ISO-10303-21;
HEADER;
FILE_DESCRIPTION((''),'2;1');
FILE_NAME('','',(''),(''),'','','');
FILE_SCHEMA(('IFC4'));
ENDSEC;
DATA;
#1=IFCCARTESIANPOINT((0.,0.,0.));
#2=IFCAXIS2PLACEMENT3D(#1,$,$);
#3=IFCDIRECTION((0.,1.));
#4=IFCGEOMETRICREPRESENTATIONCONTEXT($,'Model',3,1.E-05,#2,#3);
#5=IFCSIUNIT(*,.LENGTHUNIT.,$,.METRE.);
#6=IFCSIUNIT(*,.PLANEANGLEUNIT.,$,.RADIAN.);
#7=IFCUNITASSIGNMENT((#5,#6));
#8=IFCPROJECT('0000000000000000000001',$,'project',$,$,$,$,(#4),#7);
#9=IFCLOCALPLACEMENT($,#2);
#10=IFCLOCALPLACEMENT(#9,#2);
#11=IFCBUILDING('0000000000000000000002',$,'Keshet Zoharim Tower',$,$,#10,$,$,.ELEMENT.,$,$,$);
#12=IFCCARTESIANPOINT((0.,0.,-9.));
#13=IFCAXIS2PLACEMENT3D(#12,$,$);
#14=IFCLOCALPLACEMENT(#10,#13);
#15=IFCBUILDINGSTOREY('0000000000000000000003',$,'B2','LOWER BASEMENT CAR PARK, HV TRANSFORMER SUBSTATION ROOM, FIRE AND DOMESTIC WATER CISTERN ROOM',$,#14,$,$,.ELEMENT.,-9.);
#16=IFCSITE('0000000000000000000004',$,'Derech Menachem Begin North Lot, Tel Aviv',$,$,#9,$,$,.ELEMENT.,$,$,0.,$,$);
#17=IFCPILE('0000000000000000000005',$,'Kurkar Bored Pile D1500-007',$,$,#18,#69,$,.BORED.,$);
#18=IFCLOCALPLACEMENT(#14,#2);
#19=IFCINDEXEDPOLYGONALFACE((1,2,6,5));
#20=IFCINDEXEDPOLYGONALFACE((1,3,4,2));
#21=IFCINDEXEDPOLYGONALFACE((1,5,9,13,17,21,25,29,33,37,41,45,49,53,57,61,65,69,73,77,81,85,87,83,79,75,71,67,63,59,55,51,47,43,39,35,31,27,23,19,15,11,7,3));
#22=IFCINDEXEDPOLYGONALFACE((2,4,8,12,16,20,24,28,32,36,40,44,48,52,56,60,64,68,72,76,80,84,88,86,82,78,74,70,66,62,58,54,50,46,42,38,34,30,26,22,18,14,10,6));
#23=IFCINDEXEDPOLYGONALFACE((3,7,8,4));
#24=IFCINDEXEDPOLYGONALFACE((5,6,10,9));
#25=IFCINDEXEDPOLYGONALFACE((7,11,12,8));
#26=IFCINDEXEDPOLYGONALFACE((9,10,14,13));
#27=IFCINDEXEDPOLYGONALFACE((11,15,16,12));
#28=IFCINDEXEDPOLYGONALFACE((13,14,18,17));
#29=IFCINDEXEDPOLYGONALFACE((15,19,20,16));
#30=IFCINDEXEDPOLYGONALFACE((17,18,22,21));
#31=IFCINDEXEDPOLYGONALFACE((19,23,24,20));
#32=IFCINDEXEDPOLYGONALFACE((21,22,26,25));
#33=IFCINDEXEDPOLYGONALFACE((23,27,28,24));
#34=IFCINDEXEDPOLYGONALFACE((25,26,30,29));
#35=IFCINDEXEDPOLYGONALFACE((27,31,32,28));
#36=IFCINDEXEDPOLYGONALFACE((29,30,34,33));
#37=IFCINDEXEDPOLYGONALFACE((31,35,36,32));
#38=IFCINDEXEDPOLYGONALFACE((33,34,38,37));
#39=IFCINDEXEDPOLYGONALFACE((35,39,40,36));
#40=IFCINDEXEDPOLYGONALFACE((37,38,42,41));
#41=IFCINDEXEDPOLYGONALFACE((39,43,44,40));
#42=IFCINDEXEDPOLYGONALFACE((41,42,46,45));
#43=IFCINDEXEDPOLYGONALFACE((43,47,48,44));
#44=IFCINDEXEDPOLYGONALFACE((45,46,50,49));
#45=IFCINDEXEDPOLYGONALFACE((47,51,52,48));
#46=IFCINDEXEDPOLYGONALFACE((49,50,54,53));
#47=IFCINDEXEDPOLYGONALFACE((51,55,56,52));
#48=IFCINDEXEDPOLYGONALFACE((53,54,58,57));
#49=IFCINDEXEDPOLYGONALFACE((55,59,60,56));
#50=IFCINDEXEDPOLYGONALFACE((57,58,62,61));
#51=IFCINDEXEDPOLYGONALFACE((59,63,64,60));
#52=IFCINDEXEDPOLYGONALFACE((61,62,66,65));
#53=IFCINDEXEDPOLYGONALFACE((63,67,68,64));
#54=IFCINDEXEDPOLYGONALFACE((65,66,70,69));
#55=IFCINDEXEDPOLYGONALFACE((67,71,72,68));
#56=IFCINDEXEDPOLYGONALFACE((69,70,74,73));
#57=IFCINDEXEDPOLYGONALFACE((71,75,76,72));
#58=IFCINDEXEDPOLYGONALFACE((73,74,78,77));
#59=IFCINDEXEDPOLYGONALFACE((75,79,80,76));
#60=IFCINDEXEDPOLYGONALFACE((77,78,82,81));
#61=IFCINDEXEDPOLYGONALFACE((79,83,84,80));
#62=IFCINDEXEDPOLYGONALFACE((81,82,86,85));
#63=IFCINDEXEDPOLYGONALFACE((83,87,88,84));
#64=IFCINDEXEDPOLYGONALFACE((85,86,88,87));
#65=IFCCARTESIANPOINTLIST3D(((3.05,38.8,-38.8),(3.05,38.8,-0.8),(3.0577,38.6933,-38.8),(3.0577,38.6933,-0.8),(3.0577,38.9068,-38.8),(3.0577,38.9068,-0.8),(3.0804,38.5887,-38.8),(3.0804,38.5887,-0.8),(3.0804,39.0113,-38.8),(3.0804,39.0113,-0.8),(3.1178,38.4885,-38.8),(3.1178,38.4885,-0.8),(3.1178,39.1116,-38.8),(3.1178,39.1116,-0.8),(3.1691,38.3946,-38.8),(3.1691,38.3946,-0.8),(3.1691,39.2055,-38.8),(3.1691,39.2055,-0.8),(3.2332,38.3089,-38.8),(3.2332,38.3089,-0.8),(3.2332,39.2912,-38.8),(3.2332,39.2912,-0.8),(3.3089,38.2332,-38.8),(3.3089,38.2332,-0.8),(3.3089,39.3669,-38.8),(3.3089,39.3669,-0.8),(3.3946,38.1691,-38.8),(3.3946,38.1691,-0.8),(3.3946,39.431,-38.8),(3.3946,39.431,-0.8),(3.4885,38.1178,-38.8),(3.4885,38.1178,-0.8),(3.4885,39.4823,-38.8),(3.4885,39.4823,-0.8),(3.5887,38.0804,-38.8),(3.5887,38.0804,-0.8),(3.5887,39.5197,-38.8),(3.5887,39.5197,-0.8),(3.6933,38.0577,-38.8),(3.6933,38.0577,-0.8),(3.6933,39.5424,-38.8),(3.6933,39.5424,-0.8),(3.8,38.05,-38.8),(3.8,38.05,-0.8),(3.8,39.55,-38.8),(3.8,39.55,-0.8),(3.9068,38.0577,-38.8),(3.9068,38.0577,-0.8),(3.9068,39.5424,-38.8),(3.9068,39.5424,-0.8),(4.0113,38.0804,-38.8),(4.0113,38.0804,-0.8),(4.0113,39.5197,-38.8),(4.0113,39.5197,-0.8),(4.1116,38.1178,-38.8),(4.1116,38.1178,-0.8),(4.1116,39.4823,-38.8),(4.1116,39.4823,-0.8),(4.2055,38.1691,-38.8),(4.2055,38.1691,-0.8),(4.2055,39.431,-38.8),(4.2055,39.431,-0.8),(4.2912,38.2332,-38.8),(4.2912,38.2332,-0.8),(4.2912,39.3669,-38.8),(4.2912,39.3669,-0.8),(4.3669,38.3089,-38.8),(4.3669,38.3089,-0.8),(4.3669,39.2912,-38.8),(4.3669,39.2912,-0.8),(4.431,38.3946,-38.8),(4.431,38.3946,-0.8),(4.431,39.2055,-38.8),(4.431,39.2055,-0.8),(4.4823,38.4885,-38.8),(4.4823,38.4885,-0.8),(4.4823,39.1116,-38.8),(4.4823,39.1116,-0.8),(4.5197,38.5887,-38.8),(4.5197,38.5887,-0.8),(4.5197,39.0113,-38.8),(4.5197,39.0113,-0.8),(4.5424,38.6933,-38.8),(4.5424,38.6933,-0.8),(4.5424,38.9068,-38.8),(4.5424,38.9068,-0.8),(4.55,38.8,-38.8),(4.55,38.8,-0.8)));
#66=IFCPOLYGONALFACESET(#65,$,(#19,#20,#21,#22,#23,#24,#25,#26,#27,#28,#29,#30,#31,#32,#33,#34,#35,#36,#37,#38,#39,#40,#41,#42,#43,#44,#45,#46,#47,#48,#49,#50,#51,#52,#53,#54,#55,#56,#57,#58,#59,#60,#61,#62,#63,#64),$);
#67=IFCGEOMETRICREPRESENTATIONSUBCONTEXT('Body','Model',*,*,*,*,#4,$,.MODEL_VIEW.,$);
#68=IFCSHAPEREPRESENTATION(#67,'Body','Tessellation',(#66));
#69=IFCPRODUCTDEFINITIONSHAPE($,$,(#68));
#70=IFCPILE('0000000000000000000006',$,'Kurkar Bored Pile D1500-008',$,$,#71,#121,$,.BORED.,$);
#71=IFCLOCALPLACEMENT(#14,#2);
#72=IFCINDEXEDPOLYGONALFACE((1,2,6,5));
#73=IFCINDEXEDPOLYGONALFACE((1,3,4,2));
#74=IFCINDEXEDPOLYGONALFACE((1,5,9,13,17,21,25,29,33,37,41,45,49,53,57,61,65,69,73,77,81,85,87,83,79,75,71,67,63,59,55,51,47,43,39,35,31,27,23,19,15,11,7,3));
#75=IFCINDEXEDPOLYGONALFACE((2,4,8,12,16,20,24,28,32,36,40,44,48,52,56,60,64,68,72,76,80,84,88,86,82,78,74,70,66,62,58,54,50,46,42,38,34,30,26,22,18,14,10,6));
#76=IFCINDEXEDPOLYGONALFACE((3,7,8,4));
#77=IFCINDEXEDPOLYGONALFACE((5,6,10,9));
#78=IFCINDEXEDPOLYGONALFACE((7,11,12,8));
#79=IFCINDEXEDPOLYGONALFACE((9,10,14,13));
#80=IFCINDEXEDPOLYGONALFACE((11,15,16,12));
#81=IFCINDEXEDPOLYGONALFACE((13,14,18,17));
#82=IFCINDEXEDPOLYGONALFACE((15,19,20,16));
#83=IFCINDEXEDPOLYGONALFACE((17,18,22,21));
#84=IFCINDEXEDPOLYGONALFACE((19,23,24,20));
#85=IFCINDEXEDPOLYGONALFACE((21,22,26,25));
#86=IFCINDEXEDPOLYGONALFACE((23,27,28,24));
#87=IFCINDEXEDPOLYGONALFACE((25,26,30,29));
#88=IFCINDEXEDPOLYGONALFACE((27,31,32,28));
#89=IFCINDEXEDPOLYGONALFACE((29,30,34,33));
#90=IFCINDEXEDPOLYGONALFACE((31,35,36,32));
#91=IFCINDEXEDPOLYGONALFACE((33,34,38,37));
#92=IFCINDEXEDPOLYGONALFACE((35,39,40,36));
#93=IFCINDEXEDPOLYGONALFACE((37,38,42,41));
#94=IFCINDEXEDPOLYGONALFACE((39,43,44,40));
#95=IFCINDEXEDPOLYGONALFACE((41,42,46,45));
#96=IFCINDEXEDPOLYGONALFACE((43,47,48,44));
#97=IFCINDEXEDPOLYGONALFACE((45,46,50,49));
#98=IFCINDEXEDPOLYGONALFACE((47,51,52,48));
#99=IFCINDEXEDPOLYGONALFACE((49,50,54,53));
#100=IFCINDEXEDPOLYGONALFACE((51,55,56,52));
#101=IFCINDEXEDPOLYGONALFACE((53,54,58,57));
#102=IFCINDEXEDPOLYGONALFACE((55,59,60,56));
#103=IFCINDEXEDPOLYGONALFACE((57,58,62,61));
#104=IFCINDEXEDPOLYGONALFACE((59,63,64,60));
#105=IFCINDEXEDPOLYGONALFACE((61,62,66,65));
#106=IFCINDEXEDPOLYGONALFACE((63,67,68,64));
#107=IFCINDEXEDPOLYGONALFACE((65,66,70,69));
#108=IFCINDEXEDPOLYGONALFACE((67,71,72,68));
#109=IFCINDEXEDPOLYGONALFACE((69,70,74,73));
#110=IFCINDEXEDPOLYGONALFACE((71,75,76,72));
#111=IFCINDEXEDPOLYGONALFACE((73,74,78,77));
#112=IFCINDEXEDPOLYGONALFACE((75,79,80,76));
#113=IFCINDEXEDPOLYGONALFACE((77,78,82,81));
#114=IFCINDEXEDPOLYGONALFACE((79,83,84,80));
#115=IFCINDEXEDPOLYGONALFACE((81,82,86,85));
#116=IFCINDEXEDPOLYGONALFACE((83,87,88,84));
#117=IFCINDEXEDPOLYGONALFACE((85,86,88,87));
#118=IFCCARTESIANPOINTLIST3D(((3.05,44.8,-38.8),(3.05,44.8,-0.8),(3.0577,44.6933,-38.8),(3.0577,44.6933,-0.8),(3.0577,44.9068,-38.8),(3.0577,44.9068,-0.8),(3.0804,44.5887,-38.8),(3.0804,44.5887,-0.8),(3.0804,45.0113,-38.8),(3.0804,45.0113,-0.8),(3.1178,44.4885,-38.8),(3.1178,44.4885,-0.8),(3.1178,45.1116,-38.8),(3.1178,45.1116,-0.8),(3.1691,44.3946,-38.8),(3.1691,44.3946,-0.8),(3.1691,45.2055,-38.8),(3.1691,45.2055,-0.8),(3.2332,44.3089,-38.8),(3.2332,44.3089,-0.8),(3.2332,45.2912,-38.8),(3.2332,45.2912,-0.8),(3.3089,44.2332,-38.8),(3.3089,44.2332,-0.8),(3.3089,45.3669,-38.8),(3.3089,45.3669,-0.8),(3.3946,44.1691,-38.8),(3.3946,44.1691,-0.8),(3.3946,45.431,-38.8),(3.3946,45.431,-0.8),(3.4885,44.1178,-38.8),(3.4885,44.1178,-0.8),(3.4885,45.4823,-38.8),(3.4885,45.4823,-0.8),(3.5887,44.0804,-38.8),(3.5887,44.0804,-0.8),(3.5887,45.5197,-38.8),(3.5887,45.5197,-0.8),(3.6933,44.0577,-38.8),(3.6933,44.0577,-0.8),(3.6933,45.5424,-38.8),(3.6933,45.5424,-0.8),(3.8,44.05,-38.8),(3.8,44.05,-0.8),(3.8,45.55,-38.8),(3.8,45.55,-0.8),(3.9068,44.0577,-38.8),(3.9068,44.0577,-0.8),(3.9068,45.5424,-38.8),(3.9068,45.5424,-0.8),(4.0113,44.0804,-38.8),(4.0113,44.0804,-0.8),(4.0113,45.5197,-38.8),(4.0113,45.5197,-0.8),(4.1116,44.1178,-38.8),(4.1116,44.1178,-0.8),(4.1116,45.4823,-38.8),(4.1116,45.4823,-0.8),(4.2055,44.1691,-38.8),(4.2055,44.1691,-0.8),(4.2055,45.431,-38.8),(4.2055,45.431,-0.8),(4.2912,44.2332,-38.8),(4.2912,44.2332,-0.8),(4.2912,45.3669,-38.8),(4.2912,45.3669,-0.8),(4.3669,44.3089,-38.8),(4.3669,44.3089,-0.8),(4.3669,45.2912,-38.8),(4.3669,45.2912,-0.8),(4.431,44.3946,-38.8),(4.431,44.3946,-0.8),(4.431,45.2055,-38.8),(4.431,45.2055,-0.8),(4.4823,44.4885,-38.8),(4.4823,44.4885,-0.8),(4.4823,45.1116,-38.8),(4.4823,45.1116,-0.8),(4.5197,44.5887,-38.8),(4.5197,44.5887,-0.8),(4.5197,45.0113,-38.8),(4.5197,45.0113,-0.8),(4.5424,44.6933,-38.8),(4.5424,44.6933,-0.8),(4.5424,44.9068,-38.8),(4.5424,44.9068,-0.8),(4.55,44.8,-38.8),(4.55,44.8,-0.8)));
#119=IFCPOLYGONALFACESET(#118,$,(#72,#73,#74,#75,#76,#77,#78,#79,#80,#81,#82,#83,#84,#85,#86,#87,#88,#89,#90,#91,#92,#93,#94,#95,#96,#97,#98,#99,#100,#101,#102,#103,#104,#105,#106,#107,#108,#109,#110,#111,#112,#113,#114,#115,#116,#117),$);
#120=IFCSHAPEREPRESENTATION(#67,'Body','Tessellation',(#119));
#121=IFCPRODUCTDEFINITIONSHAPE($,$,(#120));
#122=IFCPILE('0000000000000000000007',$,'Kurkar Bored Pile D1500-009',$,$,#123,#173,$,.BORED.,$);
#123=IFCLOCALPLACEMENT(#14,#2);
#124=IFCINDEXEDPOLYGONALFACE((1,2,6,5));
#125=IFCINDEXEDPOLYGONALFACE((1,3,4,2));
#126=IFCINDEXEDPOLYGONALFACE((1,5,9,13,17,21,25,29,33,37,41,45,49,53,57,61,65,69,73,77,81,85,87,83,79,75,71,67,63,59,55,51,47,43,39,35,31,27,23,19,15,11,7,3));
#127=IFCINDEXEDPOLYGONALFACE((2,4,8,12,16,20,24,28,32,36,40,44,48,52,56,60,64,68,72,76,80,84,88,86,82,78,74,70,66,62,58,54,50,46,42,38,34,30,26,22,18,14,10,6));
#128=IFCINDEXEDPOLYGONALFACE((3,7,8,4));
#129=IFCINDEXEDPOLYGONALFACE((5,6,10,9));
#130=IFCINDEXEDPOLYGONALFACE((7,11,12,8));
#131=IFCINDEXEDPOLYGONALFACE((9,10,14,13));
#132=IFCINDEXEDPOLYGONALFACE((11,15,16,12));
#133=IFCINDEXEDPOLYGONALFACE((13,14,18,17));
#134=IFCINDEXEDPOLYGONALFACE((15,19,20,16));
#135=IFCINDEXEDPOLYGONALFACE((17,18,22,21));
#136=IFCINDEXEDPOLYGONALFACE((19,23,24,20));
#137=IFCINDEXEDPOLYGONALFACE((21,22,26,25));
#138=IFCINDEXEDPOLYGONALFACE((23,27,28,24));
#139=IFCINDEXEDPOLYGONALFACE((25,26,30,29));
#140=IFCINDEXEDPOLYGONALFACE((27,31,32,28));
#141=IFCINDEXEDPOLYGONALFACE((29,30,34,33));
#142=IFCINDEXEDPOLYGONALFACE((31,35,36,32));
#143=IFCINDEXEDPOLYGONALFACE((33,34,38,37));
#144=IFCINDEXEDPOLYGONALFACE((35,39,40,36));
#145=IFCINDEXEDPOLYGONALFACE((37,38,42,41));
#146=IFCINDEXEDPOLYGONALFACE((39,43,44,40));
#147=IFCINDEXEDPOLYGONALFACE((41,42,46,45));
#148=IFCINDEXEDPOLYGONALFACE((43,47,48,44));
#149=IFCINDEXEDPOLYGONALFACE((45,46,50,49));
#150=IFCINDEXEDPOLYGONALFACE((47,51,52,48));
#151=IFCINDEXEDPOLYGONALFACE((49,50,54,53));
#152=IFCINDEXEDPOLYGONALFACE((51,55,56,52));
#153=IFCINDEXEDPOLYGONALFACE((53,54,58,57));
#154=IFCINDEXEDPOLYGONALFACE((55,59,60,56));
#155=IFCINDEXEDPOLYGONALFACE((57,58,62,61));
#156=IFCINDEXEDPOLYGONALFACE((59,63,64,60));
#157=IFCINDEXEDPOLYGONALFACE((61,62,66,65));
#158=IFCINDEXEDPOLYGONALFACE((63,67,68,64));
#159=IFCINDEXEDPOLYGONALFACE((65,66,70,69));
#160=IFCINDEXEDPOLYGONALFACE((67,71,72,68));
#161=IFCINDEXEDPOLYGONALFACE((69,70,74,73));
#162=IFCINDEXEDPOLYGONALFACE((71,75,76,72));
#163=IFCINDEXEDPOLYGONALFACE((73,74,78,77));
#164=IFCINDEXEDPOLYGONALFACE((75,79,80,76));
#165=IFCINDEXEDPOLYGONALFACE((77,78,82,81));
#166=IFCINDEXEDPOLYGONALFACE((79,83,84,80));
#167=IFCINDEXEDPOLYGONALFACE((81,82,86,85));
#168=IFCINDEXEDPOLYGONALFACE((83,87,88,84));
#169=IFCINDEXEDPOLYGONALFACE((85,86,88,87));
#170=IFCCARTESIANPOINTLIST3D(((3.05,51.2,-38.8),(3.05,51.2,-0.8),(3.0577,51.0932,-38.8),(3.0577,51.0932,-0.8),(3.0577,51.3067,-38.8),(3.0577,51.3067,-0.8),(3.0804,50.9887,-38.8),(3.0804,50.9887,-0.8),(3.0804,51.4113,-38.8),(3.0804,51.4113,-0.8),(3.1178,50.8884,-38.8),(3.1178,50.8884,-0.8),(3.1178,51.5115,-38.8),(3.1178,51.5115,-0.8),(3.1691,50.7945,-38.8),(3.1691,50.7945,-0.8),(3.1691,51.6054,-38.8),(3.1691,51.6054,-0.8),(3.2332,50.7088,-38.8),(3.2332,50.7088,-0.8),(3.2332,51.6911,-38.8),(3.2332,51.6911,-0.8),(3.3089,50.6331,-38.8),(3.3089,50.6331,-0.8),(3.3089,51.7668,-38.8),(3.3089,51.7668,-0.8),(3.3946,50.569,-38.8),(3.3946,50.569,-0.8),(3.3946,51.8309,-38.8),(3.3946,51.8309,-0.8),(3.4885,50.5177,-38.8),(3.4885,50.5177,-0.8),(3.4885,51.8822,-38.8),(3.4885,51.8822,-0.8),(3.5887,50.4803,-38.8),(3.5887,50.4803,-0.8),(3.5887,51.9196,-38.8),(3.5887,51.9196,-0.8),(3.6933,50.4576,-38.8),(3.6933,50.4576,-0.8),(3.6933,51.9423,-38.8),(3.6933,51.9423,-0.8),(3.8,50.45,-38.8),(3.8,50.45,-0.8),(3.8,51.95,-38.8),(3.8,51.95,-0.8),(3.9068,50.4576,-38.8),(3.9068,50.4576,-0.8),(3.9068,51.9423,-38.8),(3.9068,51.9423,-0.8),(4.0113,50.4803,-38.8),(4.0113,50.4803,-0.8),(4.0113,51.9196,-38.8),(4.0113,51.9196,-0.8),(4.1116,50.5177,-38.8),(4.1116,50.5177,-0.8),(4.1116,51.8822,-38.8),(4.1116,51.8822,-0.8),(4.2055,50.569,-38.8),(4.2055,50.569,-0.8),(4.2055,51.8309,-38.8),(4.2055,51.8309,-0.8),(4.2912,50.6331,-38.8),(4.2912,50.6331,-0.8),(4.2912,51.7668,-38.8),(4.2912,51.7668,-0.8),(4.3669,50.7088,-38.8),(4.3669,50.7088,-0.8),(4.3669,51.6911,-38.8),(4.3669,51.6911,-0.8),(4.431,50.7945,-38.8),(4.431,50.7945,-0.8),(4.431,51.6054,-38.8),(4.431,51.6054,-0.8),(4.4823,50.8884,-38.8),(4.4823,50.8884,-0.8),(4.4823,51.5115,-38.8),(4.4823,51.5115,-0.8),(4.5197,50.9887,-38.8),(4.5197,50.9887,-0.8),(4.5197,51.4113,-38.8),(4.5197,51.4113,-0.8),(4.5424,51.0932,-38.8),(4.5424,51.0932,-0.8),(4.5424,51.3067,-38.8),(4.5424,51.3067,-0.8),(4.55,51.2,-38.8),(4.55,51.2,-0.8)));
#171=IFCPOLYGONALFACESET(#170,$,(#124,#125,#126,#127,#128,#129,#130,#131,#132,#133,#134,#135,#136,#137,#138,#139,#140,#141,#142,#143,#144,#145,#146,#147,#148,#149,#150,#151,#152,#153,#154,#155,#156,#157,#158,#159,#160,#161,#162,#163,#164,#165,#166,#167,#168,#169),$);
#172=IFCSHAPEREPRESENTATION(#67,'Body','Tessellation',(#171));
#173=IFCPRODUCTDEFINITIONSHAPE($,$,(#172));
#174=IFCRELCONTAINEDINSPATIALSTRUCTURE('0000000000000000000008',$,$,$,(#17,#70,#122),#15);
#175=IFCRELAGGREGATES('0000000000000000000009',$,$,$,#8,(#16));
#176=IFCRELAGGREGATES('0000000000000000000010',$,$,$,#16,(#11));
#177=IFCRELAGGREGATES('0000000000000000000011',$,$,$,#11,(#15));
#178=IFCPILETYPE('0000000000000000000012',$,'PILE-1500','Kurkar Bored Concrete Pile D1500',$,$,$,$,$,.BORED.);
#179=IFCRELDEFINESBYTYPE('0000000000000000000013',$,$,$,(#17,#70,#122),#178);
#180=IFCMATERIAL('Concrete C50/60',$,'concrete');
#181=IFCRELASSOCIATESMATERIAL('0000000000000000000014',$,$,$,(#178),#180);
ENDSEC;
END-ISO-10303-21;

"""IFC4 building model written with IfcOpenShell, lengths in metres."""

from ifc_helpers import new_model, si_unit, direction, frame, origin, origin_2d, place, context, subcontext, project, spatial, circle, extrude, material, material_profile, profile_set, type_object, element, save


model = new_model("IFC4")

# Units and contexts
model_context = context("Model", 3, precision=1e-05, world=origin(), true_north=direction((0.0, 1.0)))
body_context = subcontext(model_context, "Body", "Model", "MODEL_VIEW")
ifc_project = project(units=[si_unit("LENGTHUNIT", "METRE"), si_unit("PLANEANGLEUNIT", "RADIAN")], contexts=[model_context])

# Site, building, storey
site_placement = place(None, origin())
site = spatial("IfcSite", under=ifc_project, at=site_placement, Name="Derech Menachem Begin North Lot, Tel Aviv", CompositionType="ELEMENT", RefElevation=0.0)
building_placement = place(site_placement, origin())
building = spatial("IfcBuilding", under=site, at=building_placement, Name="Keshet Zoharim Tower", CompositionType="ELEMENT")
storey_placement = place(building_placement, frame((0.0, 0.0, -9.0)))
storey = spatial("IfcBuildingStorey", under=building, at=storey_placement, Name="B2", Description="LOWER BASEMENT CAR PARK, HV TRANSFORMER SUBSTATION ROOM, FIRE AND DOMESTIC WATER CISTERN ROOM", CompositionType="ELEMENT", Elevation=-9.0)

# Piles
ifc_material_1 = material(Name="Concrete C50/60", Category="concrete")
ifc_material_profile_1 = material_profile(ifc_material_1, circle(Radius=0.75, at=origin_2d()), Name="PILE-D1500")
ifc_profile_set_1 = profile_set([ifc_material_profile_1], Name="Concrete C50/60")
pile_type = type_object("IfcPileType", Name="PILE-1500", Description="Kurkar Bored Concrete Pile D1500", PredefinedType="BORED", material=ifc_profile_set_1)
for number, where, z_axis, x_axis, name in (
    (1, (3.8, 38.8, -0.8), (0.0, 0.0, -1.0), (1.0, 0.0, 0.0), "Kurkar Bored Pile D1500-007"),
    (2, (3.8, 44.8, -0.8), (0.0, 0.0, -1.0), (1.0, 0.0, 0.0), "Kurkar Bored Pile D1500-008"),
    (3, (3.8, 51.2, -0.8), (0.0, 0.0, -1.0), (1.0, 0.0, 0.0), "Kurkar Bored Pile D1500-009"),
):
    element("IfcPile", number, at=place(storey_placement, frame(where, z_axis=z_axis, x_axis=x_axis)), inside=storey, type_object=pile_type, Name=name, PredefinedType="BORED", context=body_context, shape_type="SweptSolid", body=[
        extrude(circle(Radius=0.75, at=origin_2d()), origin(), (0.0, 0.0, 1.0), 38.0),
    ])

save(model, "model.ifc")
